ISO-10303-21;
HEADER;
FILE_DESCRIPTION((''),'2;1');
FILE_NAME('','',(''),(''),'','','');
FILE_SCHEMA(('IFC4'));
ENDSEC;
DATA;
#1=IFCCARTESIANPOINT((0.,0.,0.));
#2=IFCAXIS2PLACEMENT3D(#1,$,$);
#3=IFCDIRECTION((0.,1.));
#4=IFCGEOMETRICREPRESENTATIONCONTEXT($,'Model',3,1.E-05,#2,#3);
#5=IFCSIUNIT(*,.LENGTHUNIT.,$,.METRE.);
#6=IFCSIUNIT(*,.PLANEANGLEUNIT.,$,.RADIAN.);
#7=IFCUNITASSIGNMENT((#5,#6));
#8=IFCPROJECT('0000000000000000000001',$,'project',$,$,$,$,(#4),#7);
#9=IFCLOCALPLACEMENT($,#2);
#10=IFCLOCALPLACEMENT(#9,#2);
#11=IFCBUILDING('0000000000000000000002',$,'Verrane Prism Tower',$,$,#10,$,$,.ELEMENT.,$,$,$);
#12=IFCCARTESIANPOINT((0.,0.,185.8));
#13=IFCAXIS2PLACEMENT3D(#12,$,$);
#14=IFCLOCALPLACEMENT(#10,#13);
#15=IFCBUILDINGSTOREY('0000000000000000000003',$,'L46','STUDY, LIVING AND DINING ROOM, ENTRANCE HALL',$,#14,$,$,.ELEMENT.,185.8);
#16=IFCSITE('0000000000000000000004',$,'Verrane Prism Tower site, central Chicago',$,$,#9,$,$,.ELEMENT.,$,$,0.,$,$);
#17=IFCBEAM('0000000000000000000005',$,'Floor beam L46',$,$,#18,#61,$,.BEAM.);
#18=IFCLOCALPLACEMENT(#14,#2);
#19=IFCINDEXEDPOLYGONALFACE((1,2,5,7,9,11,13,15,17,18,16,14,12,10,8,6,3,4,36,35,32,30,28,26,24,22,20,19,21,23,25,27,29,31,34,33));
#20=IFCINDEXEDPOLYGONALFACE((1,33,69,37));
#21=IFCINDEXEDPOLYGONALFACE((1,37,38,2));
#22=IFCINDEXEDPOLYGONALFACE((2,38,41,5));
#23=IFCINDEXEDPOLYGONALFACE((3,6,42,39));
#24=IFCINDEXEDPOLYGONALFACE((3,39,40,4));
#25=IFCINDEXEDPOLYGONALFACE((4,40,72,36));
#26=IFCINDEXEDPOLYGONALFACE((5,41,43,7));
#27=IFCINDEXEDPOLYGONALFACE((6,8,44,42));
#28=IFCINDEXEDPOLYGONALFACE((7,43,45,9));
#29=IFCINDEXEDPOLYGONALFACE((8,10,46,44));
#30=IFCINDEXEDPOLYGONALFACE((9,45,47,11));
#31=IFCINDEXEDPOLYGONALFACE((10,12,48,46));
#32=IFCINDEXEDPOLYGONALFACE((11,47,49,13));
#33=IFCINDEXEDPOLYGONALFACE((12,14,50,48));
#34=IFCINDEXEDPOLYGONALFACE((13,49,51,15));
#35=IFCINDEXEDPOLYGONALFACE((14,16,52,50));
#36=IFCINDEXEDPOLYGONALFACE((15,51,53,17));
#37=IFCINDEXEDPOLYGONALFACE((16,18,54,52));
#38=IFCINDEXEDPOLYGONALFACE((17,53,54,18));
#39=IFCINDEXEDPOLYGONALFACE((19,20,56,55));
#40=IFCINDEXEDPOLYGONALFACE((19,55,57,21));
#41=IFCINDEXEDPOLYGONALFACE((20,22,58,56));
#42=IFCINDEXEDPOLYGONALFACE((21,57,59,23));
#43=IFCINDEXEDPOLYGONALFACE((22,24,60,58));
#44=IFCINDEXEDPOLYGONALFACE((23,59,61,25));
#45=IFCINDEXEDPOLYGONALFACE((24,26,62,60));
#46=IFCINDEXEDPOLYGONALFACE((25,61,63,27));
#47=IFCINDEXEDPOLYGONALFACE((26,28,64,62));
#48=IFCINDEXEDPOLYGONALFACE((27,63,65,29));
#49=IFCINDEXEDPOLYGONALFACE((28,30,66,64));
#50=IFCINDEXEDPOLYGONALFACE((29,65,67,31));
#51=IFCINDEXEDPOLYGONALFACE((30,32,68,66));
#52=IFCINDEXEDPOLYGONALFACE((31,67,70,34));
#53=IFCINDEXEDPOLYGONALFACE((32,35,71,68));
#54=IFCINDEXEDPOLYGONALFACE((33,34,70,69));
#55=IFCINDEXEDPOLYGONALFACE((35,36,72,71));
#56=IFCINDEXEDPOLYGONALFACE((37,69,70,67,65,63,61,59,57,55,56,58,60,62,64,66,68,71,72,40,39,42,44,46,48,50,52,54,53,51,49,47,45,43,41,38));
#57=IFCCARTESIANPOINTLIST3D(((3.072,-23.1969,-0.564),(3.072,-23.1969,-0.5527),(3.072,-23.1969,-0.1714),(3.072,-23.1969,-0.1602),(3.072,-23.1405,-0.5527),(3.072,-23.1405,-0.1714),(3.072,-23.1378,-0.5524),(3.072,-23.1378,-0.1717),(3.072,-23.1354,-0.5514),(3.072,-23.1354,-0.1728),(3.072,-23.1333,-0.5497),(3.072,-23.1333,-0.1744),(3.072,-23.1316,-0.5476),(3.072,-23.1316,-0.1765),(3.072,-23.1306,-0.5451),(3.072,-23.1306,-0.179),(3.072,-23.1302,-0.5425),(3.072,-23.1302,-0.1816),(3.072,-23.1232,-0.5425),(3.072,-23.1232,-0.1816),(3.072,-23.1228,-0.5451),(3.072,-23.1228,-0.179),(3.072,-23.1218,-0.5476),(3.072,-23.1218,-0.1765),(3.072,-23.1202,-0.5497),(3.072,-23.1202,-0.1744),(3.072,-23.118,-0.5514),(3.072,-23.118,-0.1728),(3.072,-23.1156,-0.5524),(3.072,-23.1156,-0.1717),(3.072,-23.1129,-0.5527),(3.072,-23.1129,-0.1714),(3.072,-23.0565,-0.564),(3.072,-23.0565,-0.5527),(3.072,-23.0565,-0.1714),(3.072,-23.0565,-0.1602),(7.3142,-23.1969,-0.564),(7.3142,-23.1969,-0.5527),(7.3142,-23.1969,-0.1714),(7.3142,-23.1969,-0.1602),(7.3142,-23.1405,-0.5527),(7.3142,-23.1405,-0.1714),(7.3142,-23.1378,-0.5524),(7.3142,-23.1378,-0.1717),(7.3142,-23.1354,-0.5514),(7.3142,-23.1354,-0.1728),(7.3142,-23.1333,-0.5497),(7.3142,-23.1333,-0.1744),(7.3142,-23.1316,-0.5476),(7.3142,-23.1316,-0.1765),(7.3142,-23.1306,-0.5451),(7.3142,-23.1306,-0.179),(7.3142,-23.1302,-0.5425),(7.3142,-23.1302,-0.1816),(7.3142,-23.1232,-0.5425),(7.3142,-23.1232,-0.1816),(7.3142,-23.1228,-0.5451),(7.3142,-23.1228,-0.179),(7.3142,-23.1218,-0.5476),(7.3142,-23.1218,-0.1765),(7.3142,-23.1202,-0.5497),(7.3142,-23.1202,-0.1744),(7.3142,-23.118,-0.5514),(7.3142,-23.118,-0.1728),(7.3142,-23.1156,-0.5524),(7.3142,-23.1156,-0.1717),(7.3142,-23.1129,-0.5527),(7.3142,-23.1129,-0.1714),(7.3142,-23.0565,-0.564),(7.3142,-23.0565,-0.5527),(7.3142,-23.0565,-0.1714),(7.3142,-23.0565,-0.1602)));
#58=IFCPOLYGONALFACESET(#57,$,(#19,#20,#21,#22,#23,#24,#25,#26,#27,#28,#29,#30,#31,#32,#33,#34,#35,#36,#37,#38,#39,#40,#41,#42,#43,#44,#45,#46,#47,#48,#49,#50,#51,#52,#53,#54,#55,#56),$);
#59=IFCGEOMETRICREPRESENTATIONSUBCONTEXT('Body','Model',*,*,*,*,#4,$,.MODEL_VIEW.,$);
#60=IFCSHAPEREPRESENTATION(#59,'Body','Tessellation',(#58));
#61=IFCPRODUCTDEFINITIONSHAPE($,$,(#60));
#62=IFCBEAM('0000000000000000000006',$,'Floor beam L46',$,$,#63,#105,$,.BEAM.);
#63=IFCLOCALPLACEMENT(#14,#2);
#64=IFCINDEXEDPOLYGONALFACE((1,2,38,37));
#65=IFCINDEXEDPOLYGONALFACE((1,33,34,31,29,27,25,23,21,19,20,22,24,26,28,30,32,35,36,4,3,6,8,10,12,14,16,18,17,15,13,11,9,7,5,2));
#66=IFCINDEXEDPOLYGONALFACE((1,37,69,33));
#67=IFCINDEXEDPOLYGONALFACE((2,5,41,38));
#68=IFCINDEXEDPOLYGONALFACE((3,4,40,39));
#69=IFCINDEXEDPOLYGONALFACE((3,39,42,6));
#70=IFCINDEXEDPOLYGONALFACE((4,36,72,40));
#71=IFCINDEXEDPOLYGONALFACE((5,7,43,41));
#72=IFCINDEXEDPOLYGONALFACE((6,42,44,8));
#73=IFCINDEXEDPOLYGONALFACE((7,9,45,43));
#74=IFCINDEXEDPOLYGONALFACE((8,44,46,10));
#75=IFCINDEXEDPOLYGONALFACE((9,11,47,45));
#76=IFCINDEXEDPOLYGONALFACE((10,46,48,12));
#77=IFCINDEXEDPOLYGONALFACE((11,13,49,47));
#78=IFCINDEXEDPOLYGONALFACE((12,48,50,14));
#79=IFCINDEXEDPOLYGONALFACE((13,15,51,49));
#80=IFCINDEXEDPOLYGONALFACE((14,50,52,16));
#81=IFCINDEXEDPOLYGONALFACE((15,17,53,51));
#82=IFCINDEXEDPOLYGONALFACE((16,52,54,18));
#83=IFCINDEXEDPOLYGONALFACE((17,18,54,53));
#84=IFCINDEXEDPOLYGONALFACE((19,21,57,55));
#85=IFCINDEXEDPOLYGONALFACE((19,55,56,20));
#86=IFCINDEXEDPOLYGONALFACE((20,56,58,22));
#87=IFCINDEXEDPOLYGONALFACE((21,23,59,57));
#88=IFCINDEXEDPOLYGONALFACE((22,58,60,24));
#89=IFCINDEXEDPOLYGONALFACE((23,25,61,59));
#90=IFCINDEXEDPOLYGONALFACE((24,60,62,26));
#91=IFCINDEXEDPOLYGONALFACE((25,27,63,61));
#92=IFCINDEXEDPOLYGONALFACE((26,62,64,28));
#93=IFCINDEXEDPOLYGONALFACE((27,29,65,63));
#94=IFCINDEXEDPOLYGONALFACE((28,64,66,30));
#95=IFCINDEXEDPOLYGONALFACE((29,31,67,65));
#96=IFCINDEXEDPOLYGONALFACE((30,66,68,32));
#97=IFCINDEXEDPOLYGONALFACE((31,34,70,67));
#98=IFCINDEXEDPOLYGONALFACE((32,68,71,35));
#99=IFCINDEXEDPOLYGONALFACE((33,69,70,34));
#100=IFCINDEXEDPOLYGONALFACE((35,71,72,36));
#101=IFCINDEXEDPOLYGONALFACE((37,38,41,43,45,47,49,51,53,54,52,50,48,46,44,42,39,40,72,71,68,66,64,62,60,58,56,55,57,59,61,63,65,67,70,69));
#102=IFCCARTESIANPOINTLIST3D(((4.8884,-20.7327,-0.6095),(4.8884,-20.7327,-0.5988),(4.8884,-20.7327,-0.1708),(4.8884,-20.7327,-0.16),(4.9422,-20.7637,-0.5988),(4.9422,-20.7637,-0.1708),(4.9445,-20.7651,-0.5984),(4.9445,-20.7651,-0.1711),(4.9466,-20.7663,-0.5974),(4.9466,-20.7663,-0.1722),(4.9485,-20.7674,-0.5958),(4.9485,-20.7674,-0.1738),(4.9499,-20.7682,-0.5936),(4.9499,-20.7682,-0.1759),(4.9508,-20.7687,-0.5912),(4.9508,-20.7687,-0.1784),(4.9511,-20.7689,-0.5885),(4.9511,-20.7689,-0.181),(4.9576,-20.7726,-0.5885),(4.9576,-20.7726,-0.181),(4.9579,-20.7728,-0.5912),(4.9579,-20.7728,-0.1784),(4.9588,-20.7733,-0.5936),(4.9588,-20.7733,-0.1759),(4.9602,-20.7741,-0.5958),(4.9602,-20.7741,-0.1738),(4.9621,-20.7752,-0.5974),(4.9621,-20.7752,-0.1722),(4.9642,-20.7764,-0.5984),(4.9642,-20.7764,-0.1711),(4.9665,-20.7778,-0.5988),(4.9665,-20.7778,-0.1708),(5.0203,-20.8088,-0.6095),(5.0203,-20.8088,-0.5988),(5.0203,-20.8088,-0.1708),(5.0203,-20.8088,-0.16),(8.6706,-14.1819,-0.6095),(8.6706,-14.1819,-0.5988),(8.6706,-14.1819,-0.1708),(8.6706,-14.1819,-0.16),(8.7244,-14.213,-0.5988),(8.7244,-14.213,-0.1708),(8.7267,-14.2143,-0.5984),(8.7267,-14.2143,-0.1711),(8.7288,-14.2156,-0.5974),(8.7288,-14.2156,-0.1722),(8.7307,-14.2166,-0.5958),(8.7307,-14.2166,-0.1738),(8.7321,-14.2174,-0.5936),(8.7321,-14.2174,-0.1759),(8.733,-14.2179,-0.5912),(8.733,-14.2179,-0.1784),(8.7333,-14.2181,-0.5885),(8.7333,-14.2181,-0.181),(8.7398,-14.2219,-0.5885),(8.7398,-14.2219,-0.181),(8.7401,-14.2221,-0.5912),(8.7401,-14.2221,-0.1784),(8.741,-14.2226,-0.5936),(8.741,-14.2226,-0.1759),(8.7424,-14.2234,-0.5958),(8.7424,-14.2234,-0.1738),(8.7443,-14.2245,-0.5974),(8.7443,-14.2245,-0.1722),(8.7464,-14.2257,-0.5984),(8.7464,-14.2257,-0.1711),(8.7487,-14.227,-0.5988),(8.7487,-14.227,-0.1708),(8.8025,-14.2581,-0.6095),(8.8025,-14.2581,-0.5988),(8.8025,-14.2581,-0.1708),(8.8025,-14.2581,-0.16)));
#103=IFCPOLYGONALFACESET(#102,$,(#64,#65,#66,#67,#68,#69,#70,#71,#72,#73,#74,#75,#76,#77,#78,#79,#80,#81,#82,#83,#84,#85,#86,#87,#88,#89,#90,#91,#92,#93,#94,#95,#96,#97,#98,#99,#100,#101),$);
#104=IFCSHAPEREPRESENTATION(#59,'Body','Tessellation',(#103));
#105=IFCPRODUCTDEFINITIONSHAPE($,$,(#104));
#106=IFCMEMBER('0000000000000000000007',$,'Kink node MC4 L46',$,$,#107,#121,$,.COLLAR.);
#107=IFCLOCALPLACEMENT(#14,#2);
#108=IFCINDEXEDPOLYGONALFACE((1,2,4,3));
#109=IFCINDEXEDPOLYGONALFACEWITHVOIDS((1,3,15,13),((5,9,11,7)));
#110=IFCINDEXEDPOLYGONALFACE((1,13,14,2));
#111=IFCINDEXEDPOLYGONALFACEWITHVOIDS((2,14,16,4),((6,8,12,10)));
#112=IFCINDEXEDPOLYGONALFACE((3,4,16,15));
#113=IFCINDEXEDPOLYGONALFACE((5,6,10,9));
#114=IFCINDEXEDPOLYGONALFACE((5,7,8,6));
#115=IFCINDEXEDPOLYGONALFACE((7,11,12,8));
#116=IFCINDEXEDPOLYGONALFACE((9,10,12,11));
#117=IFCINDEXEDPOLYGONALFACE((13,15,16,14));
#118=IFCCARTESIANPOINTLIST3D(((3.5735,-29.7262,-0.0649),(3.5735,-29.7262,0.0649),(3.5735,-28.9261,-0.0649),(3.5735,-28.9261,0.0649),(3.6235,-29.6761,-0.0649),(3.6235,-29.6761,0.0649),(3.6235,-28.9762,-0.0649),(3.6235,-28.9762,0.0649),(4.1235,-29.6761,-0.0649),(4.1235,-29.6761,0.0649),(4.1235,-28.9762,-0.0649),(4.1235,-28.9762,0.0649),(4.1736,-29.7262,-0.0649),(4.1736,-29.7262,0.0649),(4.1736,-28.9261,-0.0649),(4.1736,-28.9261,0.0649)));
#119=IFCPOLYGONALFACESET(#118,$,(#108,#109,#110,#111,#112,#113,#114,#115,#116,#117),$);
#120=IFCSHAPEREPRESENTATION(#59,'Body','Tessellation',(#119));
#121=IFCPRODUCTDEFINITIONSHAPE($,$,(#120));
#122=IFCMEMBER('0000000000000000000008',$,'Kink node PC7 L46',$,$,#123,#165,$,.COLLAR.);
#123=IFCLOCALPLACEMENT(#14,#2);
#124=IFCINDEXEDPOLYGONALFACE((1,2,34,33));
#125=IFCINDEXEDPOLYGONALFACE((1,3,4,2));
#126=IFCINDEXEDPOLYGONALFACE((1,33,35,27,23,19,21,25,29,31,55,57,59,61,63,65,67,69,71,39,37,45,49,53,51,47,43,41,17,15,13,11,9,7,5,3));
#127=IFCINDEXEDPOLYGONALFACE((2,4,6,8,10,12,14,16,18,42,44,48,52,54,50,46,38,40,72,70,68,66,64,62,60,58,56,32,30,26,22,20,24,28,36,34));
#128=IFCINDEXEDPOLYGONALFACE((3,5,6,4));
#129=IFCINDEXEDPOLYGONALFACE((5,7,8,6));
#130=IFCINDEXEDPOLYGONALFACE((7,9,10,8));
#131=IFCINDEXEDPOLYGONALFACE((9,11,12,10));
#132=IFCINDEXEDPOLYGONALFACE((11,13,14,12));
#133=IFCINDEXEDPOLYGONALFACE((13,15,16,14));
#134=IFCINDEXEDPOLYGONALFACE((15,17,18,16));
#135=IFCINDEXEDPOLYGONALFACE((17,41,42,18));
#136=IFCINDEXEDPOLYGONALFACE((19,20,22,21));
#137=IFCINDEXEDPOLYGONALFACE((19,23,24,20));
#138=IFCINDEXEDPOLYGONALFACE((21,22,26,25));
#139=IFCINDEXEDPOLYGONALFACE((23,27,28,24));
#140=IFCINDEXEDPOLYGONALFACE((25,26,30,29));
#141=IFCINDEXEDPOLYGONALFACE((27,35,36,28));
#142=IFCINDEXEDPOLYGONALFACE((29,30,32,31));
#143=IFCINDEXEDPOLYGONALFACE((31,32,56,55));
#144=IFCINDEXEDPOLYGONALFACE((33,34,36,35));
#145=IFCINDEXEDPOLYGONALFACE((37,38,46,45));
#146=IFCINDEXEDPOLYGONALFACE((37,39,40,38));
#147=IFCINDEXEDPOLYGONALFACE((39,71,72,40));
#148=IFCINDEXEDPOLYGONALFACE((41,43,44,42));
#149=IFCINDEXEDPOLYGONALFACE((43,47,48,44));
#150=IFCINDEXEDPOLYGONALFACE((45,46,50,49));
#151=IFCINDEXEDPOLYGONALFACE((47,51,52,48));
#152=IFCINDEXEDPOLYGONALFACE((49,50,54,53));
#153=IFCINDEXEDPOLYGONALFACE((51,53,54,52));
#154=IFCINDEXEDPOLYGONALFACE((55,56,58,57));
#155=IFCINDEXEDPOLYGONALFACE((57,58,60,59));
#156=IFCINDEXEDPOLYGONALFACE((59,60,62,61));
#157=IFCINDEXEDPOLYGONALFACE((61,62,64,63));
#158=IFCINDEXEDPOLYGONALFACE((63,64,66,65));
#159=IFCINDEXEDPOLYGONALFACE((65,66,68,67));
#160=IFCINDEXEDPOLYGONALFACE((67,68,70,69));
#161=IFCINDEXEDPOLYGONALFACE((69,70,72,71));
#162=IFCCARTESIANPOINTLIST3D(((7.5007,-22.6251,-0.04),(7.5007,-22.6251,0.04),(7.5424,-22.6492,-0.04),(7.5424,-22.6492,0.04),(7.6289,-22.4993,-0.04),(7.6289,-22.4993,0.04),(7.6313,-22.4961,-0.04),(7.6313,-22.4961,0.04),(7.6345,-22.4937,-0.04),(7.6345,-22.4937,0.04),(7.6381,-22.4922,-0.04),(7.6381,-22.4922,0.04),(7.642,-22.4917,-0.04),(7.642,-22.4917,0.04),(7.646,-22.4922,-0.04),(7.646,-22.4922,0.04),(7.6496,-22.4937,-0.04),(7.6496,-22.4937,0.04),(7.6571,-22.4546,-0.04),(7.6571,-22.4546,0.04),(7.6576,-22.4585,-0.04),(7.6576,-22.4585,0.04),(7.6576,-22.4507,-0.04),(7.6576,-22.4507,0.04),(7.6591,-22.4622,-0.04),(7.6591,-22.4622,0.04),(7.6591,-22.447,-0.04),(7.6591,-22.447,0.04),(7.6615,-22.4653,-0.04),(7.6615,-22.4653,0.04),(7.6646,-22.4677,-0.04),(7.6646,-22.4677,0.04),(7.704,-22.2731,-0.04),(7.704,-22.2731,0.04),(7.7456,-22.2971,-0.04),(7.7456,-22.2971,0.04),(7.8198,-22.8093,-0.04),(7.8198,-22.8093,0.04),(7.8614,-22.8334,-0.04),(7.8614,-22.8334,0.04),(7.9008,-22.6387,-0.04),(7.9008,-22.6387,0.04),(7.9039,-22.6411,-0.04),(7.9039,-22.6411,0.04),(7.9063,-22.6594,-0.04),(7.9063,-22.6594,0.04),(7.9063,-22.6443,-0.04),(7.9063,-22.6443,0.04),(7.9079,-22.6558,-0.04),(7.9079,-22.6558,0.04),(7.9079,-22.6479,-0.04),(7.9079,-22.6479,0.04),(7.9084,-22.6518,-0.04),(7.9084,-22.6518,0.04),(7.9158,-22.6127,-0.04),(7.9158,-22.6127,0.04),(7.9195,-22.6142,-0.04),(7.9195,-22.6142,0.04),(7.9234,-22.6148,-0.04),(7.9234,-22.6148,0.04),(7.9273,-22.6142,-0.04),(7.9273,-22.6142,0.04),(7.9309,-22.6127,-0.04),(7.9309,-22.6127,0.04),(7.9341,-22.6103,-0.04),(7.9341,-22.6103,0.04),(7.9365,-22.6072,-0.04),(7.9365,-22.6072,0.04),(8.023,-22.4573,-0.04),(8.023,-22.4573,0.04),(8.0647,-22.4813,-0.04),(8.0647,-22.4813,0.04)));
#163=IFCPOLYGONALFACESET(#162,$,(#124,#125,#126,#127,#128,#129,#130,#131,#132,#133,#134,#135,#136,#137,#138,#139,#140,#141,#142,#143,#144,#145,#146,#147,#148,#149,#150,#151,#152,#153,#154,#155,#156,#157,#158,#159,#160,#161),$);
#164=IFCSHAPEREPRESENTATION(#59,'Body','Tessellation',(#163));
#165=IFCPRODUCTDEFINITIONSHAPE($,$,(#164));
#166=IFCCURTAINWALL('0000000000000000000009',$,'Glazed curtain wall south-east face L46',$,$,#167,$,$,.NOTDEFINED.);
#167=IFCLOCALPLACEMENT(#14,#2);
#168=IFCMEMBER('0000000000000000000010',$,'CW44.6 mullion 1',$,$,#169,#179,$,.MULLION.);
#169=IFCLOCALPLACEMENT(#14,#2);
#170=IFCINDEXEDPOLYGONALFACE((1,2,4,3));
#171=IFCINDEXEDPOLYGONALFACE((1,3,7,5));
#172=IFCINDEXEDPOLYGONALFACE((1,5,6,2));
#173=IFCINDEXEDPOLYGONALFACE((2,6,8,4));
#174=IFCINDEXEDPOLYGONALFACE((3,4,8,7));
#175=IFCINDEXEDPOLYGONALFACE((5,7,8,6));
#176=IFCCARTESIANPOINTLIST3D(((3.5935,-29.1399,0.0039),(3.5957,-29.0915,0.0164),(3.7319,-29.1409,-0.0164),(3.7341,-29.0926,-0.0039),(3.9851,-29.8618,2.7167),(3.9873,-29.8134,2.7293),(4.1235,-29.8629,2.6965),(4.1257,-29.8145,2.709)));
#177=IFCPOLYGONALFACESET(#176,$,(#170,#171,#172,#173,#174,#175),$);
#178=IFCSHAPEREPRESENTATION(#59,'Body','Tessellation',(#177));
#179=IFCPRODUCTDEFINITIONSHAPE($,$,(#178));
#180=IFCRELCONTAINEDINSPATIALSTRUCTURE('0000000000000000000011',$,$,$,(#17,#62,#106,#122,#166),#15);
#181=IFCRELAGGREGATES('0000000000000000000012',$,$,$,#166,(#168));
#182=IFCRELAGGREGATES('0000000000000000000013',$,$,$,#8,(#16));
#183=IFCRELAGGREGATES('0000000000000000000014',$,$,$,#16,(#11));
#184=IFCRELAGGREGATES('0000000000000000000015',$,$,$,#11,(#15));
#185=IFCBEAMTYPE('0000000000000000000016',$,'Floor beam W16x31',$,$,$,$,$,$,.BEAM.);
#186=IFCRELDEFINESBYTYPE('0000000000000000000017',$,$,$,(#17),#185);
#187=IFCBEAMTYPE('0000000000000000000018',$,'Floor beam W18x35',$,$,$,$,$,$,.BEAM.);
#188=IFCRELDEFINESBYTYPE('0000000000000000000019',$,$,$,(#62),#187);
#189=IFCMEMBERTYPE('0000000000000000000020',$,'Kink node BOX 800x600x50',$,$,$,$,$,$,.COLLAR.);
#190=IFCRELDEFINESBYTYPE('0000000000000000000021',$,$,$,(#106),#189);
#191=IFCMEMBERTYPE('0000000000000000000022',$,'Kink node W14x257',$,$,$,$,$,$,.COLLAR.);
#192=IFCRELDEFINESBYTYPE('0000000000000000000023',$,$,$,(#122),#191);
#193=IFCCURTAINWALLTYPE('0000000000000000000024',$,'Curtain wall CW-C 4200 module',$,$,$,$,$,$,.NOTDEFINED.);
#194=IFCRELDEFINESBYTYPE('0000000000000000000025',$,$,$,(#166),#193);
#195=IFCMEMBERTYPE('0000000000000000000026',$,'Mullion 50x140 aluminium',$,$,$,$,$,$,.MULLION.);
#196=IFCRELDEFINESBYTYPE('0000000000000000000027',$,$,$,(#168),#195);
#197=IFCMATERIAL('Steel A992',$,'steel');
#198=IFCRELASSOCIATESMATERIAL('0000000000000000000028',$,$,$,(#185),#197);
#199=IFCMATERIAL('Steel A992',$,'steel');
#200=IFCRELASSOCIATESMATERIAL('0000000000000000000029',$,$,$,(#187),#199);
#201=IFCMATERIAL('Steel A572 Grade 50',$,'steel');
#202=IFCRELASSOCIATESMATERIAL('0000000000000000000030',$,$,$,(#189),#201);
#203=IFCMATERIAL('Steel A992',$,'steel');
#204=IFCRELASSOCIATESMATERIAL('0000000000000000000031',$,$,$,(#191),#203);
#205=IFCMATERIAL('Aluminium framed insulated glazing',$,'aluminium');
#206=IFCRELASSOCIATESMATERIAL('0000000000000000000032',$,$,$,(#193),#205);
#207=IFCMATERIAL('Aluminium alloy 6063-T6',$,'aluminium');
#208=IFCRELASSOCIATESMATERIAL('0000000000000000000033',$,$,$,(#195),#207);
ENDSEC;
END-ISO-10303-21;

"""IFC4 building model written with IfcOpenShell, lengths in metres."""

from ifc_helpers import new_model, si_unit, direction, frame, origin, origin_2d, place, context, subcontext, project, spatial, rectangle, hollow_rectangle, i_section, extrude, material, material_profile, profile_set, type_object, element, aggregate, save


model = new_model("IFC4")

# Units and contexts
model_context = context("Model", 3, precision=1e-05, world=origin(), true_north=direction((0.0, 1.0)))
body_context = subcontext(model_context, "Body", "Model", "MODEL_VIEW")
ifc_project = project(units=[si_unit("LENGTHUNIT", "METRE"), si_unit("PLANEANGLEUNIT", "RADIAN")], contexts=[model_context])

# Site, building, storey
site_placement = place(None, origin())
site = spatial("IfcSite", under=ifc_project, at=site_placement, Name="Verrane Prism Tower site, central Chicago", CompositionType="ELEMENT", RefElevation=0.0)
building_placement = place(site_placement, origin())
building = spatial("IfcBuilding", under=site, at=building_placement, Name="Verrane Prism Tower", CompositionType="ELEMENT")
storey_placement = place(building_placement, frame((0.0, 0.0, 185.8)))
storey = spatial("IfcBuildingStorey", under=building, at=storey_placement, Name="L46", Description="STUDY, LIVING AND DINING ROOM, ENTRANCE HALL", CompositionType="ELEMENT", Elevation=185.8)

# Beams
ifc_material_1 = material(Name="Steel A992", Category="steel")
ifc_material_profile_1 = material_profile(ifc_material_1, i_section(OverallWidth=0.1404, OverallDepth=0.4038, WebThickness=0.0071, FlangeThickness=0.0112, FilletRadius=0.0103, at=origin_2d()), Name="W16x31")
ifc_profile_set_1 = profile_set([ifc_material_profile_1], Name="Steel A992")
beam_type_1 = type_object("IfcBeamType", Name="Floor beam W16x31", PredefinedType="BEAM", material=ifc_profile_set_1)
beam_1_placement = place(storey_placement, frame((3.072, -23.1267, -0.3621), z_axis=(1.0, 0.0, 0.0), x_axis=(0.0, 1.0, 0.0)))
element("IfcBeam", 1, at=beam_1_placement, inside=storey, type_object=beam_type_1, Name="Floor beam L46", PredefinedType="BEAM", context=body_context, shape_type="SweptSolid", body=[
    extrude(i_section(OverallWidth=0.1404, OverallDepth=0.4038, WebThickness=0.0071, FlangeThickness=0.0112, FilletRadius=0.0103, at=origin_2d()), origin(), (0.0, 0.0, 1.0), 4.2422),
])
ifc_material_2 = material(Name="Steel A992", Category="steel")
ifc_material_profile_2 = material_profile(ifc_material_2, i_section(OverallWidth=0.1523, OverallDepth=0.4495, WebThickness=0.0076, FlangeThickness=0.0107, FilletRadius=0.0103, at=origin_2d()), Name="W18x35")
ifc_profile_set_2 = profile_set([ifc_material_profile_2], Name="Steel A992")
beam_type_2 = type_object("IfcBeamType", Name="Floor beam W18x35", PredefinedType="BEAM", material=ifc_profile_set_2)
beam_2_placement = place(storey_placement, frame((4.9543, -20.7708, -0.3848), z_axis=(0.500013, 0.866018, 0.0), x_axis=(-0.866018, 0.500013, 0.0)))
element("IfcBeam", 2, at=beam_2_placement, inside=storey, type_object=beam_type_2, Name="Floor beam L46", PredefinedType="BEAM", context=body_context, shape_type="SweptSolid", body=[
    extrude(i_section(OverallWidth=0.1523, OverallDepth=0.4495, WebThickness=0.0076, FlangeThickness=0.0107, FilletRadius=0.0103, at=origin_2d()), origin(), (0.0, 0.0, 1.0), 7.5642),
])

# Members
ifc_material_3 = material(Name="Steel A572 Grade 50", Category="steel")
ifc_material_profile_3 = material_profile(ifc_material_3, hollow_rectangle(XDim=0.6001, YDim=0.8, WallThickness=0.05, at=origin_2d()), Name="BOX 800x600x50")
ifc_profile_set_3 = profile_set([ifc_material_profile_3], Name="Steel A572 Grade 50")
member_type_1 = type_object("IfcMemberType", Name="Kink node BOX 800x600x50", PredefinedType="COLLAR", material=ifc_profile_set_3)
member_1_placement = place(storey_placement, frame((3.8735, -29.3262, -0.0649), z_axis=(0.0, 0.0, 1.0), x_axis=(-1.0, 0.0, 0.0)))
element("IfcMember", 3, at=member_1_placement, inside=storey, type_object=member_type_1, Name="Kink node MC4 L46", PredefinedType="COLLAR", context=body_context, shape_type="SweptSolid", body=[
    extrude(hollow_rectangle(XDim=0.6001, YDim=0.8, WallThickness=0.05, at=origin_2d()), origin(), (0.0, 0.0, 1.0), 0.1299),
])
ifc_material_4 = material(Name="Steel A992", Category="steel")
ifc_material_profile_4 = material_profile(ifc_material_4, i_section(OverallWidth=0.4065, OverallDepth=0.4165, WebThickness=0.03, FlangeThickness=0.0481, FilletRadius=0.0151, at=origin_2d()), Name="W14x257")
ifc_profile_set_4 = profile_set([ifc_material_profile_4], Name="Steel A992")
member_type_2 = type_object("IfcMemberType", Name="Kink node W14x257", PredefinedType="COLLAR", material=ifc_profile_set_4)
member_2_placement = place(storey_placement, frame((7.7827, -22.5532, -0.04), z_axis=(0.0, 0.0, 1.0), x_axis=(-0.5, -0.866025, 0.0)))
element("IfcMember", 4, at=member_2_placement, inside=storey, type_object=member_type_2, Name="Kink node PC7 L46", PredefinedType="COLLAR", context=body_context, shape_type="SweptSolid", body=[
    extrude(i_section(OverallWidth=0.4065, OverallDepth=0.4165, WebThickness=0.03, FlangeThickness=0.0481, FilletRadius=0.0151, at=origin_2d()), origin(), (0.0, 0.0, 1.0), 0.0801),
])

# Curtain wall, member
ifc_material_5 = material(Name="Aluminium framed insulated glazing", Category="aluminium")
curtain_wall_type = type_object("IfcCurtainWallType", Name="Curtain wall CW-C 4200 module", PredefinedType="NOTDEFINED", material=ifc_material_5)
curtain_wall_placement = place(storey_placement, origin())
curtain_wall = element("IfcCurtainWall", 5, at=curtain_wall_placement, inside=storey, type_object=curtain_wall_type, Name="Glazed curtain wall south-east face L46", PredefinedType="NOTDEFINED")
ifc_material_6 = material(Name="Aluminium alloy 6063-T6", Category="aluminium")
ifc_material_profile_5 = material_profile(ifc_material_6, rectangle(XDim=0.1399, YDim=0.05, at=origin_2d()), Name="Mullion 50x140 aluminium")
ifc_profile_set_5 = profile_set([ifc_material_profile_5], Name="Aluminium alloy 6063-T6")
member_type_3 = type_object("IfcMemberType", Name="Mullion 50x140 aluminium", PredefinedType="MULLION", material=ifc_profile_set_5)
member_3_placement = place(storey_placement, frame((3.6638, -29.1162, 0.0), z_axis=(0.138156, -0.254693, 0.957102), x_axis=(-0.98942, 0.007719, 0.144875)))
member_3 = element("IfcMember", 6, at=member_3_placement, type_object=member_type_3, Name="CW44.6 mullion 1", PredefinedType="MULLION", context=body_context, shape_type="SweptSolid", body=[
    extrude(rectangle(XDim=0.1399, YDim=0.05, at=origin_2d()), origin(), (0.0, 0.0, 1.0), 2.8345),
])

aggregate(curtain_wall, [member_3])

save(model, "model.ifc")
